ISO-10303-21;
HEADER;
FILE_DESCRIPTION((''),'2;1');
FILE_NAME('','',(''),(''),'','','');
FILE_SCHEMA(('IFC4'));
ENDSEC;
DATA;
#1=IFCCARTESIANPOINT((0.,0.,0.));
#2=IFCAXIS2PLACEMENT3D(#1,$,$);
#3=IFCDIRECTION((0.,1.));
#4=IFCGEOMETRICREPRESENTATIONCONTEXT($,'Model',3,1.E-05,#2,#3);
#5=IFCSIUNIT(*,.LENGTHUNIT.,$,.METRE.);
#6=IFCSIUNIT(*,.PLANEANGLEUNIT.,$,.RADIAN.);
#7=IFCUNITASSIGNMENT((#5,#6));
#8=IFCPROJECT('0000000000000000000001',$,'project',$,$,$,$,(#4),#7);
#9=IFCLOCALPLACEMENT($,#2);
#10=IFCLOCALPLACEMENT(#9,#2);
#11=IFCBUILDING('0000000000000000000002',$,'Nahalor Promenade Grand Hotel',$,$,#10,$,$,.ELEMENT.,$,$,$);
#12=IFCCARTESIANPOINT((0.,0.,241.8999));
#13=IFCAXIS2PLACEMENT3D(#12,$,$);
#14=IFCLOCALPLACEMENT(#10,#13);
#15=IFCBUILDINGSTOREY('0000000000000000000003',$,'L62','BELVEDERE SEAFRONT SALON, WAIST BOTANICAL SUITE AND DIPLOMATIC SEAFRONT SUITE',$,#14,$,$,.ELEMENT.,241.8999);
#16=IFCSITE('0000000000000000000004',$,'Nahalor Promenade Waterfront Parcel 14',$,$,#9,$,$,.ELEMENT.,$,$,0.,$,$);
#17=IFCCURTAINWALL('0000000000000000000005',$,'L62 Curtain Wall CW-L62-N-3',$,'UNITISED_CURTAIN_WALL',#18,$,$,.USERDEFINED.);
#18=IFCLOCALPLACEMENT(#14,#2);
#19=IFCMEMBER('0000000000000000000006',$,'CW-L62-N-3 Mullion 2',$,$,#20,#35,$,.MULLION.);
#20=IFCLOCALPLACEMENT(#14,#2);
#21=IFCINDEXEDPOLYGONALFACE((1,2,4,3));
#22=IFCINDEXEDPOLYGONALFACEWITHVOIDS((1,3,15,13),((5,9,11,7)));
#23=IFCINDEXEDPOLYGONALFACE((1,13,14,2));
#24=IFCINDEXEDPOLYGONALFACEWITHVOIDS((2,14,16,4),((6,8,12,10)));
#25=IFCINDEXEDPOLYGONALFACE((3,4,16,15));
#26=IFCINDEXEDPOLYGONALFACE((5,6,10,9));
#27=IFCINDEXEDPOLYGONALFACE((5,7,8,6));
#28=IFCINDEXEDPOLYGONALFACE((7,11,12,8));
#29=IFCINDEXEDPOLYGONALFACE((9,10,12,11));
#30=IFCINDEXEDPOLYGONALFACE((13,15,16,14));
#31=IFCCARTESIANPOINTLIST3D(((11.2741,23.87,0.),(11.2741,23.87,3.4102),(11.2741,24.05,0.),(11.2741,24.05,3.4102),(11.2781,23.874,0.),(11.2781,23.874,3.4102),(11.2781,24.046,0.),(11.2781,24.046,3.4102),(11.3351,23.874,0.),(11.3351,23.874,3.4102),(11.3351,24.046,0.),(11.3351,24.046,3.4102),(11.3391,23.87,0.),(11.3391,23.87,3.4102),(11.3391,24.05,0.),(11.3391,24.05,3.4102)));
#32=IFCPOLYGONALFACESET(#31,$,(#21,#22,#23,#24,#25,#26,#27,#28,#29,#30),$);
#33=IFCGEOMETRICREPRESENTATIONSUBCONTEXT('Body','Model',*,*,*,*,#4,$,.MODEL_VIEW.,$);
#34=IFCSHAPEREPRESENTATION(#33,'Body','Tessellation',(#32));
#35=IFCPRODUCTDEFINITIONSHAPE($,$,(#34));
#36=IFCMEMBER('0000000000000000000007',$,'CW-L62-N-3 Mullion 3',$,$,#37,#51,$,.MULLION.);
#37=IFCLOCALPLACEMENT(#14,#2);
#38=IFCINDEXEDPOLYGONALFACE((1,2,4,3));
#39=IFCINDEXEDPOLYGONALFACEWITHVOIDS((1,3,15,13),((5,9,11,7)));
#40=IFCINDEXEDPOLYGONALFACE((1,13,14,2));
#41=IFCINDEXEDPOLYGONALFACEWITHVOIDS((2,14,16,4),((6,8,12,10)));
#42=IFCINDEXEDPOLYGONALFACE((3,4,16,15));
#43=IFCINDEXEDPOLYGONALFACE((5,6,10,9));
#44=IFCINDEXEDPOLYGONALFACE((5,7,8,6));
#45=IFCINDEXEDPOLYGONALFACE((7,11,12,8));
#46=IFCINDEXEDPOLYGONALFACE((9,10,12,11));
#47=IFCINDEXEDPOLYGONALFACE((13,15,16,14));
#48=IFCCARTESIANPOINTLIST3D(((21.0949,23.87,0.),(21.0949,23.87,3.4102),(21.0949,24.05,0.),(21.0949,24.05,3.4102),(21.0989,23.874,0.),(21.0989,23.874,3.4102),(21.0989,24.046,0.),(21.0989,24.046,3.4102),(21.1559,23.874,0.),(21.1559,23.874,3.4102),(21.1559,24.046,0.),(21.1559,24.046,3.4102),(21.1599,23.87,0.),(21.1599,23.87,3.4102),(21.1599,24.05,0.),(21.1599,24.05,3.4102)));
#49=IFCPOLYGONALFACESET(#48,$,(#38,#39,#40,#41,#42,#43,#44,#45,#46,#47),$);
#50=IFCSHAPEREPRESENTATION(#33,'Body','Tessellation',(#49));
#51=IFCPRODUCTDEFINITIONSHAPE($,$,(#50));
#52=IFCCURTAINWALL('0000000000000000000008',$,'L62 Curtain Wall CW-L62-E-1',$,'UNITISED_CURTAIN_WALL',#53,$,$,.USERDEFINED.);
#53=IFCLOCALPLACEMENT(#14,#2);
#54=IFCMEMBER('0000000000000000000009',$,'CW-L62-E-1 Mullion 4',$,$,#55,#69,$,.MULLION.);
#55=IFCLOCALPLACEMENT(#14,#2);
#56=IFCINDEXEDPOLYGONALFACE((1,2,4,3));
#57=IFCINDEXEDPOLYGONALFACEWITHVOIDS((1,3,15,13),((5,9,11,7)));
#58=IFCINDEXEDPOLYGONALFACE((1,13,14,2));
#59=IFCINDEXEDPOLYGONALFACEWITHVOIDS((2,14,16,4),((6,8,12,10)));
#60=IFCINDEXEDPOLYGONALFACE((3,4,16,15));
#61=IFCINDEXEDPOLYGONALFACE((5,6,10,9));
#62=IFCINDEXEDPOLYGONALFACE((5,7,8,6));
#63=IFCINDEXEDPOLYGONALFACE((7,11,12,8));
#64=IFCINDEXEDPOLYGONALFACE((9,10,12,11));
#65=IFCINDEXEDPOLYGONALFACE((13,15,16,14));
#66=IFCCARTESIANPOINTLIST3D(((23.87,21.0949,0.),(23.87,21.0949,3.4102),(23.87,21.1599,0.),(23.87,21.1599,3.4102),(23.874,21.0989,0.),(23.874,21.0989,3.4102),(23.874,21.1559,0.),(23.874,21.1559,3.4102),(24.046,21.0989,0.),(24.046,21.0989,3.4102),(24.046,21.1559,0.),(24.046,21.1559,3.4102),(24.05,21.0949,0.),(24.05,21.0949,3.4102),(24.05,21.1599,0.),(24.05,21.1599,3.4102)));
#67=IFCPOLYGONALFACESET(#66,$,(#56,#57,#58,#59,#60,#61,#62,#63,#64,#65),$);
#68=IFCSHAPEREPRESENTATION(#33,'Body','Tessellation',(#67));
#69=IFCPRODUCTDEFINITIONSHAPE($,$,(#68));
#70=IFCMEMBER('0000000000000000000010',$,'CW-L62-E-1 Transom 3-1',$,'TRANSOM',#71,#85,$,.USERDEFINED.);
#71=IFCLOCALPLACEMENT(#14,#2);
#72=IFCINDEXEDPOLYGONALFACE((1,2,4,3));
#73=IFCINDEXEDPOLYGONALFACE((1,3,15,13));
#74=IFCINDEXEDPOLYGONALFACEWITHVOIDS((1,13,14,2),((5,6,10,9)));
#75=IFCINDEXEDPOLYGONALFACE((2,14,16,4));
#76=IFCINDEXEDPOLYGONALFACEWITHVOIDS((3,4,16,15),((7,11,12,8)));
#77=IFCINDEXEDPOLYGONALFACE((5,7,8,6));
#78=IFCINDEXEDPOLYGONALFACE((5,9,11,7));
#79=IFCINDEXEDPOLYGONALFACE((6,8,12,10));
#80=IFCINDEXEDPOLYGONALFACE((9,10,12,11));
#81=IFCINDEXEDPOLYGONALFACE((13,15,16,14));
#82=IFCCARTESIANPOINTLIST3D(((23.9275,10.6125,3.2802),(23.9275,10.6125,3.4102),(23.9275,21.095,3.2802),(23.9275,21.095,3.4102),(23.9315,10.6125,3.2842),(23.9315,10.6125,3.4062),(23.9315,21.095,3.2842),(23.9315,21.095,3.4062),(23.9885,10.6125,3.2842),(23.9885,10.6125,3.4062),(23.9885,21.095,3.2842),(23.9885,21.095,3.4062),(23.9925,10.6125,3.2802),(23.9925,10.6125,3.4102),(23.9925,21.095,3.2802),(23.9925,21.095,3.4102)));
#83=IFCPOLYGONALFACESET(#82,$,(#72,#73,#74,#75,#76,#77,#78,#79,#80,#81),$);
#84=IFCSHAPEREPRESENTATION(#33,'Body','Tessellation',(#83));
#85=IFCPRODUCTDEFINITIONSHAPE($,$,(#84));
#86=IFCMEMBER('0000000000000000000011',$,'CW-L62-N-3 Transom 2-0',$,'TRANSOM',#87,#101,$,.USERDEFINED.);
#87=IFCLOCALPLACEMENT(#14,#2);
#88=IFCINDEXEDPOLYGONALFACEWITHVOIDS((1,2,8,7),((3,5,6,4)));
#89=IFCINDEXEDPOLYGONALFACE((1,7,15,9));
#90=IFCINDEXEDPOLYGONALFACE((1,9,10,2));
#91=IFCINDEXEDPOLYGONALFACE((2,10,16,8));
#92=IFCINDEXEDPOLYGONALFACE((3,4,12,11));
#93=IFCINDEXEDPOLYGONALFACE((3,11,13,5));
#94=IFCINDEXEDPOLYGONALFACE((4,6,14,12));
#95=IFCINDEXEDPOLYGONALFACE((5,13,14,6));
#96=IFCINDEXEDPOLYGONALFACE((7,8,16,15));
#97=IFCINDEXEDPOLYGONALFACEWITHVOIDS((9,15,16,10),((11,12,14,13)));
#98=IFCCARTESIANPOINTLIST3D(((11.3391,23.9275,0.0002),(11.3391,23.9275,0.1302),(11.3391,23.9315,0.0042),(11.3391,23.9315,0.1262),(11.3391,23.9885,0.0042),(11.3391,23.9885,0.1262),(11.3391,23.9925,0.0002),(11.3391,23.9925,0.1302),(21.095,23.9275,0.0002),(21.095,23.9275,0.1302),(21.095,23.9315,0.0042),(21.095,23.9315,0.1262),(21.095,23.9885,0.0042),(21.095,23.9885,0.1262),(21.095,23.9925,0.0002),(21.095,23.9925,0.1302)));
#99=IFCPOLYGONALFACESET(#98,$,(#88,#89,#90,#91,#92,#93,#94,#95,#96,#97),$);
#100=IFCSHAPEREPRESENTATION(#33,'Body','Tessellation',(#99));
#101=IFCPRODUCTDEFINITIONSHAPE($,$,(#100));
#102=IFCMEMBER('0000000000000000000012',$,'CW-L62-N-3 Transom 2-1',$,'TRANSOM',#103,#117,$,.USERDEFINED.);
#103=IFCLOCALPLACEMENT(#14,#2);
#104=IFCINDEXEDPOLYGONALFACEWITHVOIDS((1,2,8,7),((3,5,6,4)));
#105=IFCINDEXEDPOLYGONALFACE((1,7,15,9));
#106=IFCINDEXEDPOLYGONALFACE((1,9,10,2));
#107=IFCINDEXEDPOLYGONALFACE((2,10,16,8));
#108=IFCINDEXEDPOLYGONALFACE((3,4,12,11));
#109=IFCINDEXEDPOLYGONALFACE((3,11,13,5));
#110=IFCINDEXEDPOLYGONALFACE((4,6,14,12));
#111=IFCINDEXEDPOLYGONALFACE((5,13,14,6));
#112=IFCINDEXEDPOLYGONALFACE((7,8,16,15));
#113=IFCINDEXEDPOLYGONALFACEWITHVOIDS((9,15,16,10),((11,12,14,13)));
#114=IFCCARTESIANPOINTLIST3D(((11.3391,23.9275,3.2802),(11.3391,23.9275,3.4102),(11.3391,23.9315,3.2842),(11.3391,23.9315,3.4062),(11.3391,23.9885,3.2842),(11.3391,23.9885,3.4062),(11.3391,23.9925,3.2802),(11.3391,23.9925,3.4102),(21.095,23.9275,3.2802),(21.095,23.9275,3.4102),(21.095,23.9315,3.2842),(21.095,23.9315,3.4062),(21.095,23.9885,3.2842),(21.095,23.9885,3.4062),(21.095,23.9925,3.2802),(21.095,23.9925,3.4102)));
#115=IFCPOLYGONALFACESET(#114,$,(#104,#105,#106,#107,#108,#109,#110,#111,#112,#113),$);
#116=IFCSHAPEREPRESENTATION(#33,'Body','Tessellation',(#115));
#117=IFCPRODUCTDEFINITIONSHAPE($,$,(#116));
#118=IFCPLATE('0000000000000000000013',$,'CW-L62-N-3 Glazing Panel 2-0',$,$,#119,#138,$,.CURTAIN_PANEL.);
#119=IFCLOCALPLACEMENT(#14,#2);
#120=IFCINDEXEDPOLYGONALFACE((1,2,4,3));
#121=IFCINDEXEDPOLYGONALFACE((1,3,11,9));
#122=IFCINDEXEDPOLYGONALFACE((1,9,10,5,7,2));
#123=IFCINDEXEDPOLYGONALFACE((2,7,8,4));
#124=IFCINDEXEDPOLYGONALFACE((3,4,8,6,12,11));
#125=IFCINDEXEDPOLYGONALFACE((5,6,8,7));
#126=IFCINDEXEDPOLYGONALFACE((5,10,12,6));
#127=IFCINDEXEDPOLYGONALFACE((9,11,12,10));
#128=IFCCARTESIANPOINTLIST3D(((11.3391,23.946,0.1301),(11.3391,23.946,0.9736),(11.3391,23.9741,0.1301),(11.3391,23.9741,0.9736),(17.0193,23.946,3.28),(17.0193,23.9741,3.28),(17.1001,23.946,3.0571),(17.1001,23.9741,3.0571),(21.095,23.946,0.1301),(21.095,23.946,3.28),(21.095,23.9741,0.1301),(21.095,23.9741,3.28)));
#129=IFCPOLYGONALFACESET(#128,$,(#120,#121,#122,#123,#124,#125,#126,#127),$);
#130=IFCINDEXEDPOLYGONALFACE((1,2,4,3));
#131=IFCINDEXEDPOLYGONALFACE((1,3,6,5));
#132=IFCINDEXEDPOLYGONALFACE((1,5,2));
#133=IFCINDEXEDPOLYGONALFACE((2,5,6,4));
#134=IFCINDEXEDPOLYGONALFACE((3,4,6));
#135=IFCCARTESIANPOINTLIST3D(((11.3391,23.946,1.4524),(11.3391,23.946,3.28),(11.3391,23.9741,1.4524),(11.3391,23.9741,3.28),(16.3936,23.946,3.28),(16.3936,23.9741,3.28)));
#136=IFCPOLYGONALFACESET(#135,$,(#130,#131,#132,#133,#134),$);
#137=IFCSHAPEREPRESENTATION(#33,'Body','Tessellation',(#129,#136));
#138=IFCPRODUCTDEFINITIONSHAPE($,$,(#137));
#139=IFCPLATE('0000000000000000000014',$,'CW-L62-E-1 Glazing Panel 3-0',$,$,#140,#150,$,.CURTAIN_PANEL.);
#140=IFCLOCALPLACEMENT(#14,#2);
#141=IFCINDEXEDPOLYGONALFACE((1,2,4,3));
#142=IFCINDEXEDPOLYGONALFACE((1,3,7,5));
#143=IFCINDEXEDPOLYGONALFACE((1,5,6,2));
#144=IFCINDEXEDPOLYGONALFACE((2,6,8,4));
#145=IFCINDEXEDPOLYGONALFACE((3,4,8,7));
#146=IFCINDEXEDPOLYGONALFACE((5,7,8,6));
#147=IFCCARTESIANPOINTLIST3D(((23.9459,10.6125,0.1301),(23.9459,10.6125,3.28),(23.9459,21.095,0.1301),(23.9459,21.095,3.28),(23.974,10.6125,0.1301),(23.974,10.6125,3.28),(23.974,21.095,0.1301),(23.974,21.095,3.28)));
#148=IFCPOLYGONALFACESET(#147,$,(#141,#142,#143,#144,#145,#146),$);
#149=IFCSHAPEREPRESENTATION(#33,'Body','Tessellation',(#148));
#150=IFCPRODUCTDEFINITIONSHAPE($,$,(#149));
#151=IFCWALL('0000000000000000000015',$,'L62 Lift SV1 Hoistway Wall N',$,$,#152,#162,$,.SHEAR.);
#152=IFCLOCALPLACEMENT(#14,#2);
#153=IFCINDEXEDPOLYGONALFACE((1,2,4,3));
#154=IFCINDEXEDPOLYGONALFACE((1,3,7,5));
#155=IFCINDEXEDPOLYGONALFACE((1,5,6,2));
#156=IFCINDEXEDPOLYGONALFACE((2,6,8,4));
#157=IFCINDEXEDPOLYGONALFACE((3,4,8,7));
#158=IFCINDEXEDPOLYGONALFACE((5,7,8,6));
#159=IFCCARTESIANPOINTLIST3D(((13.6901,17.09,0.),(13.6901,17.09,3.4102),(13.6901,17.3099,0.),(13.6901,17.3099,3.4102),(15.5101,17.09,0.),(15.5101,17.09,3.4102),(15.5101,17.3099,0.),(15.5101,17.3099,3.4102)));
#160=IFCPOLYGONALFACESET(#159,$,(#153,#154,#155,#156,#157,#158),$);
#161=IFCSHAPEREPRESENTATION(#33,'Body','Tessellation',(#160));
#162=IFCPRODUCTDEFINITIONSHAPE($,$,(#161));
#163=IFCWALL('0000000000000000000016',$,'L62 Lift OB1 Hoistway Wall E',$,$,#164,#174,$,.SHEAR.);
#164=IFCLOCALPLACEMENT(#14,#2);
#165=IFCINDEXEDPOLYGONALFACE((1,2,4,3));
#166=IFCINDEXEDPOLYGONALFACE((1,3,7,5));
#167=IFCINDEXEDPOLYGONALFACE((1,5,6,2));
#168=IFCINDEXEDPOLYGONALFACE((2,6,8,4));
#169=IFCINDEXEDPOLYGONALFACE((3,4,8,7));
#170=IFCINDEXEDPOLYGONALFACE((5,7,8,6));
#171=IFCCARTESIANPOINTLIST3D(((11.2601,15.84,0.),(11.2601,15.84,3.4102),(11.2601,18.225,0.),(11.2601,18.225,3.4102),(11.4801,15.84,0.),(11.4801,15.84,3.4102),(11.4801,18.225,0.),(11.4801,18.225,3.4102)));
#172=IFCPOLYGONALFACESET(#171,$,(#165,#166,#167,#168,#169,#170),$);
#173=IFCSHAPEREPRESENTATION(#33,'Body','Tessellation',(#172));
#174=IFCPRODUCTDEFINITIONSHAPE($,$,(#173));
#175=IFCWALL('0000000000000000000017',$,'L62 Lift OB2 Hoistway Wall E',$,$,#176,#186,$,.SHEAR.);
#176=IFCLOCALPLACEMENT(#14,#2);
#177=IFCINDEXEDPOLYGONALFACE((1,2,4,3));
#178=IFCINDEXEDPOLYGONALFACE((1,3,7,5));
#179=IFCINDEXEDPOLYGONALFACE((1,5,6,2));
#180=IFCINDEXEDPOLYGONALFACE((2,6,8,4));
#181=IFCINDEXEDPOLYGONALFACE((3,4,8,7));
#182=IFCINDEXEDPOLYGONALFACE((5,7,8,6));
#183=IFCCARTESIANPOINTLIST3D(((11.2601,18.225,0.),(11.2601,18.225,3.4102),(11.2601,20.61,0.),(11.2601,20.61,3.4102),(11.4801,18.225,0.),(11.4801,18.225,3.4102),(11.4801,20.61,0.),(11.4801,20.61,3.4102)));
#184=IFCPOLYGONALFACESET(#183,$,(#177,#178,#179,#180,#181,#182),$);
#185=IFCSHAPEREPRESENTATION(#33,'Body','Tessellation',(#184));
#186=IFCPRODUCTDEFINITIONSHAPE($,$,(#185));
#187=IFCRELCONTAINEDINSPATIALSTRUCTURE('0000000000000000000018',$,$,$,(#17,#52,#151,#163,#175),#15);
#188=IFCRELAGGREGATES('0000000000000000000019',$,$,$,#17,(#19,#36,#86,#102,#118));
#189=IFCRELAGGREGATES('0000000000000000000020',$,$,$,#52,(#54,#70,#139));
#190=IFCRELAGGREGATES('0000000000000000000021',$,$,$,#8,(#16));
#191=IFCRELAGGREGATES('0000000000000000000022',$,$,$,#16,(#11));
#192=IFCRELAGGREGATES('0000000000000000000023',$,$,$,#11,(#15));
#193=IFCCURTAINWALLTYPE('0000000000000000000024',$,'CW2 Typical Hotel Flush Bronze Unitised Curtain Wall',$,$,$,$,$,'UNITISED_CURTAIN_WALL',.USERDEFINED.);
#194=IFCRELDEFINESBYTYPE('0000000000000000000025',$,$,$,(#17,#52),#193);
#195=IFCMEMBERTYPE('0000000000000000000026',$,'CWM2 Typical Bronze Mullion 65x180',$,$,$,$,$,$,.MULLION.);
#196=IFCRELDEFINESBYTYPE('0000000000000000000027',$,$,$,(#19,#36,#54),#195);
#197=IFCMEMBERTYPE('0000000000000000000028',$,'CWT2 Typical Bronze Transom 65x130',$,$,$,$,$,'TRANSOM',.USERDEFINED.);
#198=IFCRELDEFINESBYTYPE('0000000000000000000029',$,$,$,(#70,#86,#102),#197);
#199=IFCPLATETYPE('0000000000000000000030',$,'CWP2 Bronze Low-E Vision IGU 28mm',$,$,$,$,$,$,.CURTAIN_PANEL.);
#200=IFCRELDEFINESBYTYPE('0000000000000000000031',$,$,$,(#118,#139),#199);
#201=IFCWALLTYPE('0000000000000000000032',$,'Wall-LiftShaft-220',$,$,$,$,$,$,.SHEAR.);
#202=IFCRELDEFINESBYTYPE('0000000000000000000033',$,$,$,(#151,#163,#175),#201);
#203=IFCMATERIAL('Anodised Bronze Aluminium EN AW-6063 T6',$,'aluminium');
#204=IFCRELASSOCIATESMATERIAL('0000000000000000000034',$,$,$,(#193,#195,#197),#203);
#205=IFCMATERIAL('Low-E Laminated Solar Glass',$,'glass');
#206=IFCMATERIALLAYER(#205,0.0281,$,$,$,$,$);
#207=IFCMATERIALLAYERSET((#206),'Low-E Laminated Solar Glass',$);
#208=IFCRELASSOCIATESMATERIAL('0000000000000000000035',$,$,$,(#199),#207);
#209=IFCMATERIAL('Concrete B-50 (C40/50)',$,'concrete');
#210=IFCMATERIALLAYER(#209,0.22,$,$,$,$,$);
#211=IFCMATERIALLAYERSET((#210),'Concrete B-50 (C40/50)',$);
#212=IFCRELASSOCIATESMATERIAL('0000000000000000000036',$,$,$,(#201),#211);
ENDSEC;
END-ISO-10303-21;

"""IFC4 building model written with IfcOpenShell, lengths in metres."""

from ifc_helpers import new_model, si_unit, direction, frame, frame_2d, origin, origin_2d, place, context, subcontext, project, spatial, polyline, rectangle, hollow_rectangle, outline, extrude, source, transform, mapped, material, layer, layer_set, material_profile, profile_set, type_object, element, aggregate, save


model = new_model("IFC4")

# Units and contexts
model_context = context("Model", 3, precision=1e-05, world=origin(), true_north=direction((0.0, 1.0)))
body_context = subcontext(model_context, "Body", "Model", "MODEL_VIEW")
ifc_project = project(units=[si_unit("LENGTHUNIT", "METRE"), si_unit("PLANEANGLEUNIT", "RADIAN")], contexts=[model_context])

# Site, building, storey
site_placement = place(None, origin())
site = spatial("IfcSite", under=ifc_project, at=site_placement, Name="Nahalor Promenade Waterfront Parcel 14", CompositionType="ELEMENT", RefElevation=0.0)
building_placement = place(site_placement, origin())
building = spatial("IfcBuilding", under=site, at=building_placement, Name="Nahalor Promenade Grand Hotel", CompositionType="ELEMENT")
storey_placement = place(building_placement, frame((0.0, 0.0, 241.8999)))
storey = spatial("IfcBuildingStorey", under=building, at=storey_placement, Name="L62", Description="BELVEDERE SEAFRONT SALON, WAIST BOTANICAL SUITE AND DIPLOMATIC SEAFRONT SUITE", CompositionType="ELEMENT", Elevation=241.8999)

# Curtain walls, members
ifc_material_1 = material(Name="Anodised Bronze Aluminium EN AW-6063 T6", Category="aluminium")
curtain_wall_type = type_object("IfcCurtainWallType", Name="CW2 Typical Hotel Flush Bronze Unitised Curtain Wall", ElementType="UNITISED_CURTAIN_WALL", PredefinedType="USERDEFINED", material=ifc_material_1)
curtain_wall_1_placement = place(storey_placement, origin())
curtain_wall_1 = element("IfcCurtainWall", 1, at=curtain_wall_1_placement, inside=storey, type_object=curtain_wall_type, Name="L62 Curtain Wall CW-L62-N-3", ObjectType="UNITISED_CURTAIN_WALL", PredefinedType="USERDEFINED")
ifc_material_profile_1 = material_profile(ifc_material_1, hollow_rectangle(XDim=0.065, YDim=0.18, WallThickness=0.004, at=origin_2d()), Name="CWM 65x180x4")
ifc_profile_set_1 = profile_set([ifc_material_profile_1], Name="Anodised Bronze Aluminium EN AW-6063 T6")
member_type_1 = type_object("IfcMemberType", Name="CWM2 Typical Bronze Mullion 65x180", PredefinedType="MULLION", material=ifc_profile_set_1)
shared_shape_1 = source(origin(), body_context, "Body", "SweptSolid", [
    extrude(hollow_rectangle(XDim=0.065, YDim=0.18, WallThickness=0.004, at=origin_2d()), origin(), (0.0, 0.0, 1.0), 3.4102),
])
member_1_placement = place(storey_placement, frame((11.3066, 23.96, 0.0), z_axis=(0.0, 0.0, 1.0), x_axis=(1.0, 0.0, 0.0)))
member_1 = element("IfcMember", 2, at=member_1_placement, type_object=member_type_1, Name="CW-L62-N-3 Mullion 2", PredefinedType="MULLION", context=body_context, shape_type="MappedRepresentation", body=[
    mapped(shared_shape_1, transform((0.0, 0.0, 0.0), scale=1.0)),
])
member_2_placement = place(storey_placement, frame((21.1274, 23.96, 0.0), z_axis=(0.0, 0.0, 1.0), x_axis=(1.0, 0.0, 0.0)))
member_2 = element("IfcMember", 3, at=member_2_placement, type_object=member_type_1, Name="CW-L62-N-3 Mullion 3", PredefinedType="MULLION", context=body_context, shape_type="MappedRepresentation", body=[
    mapped(shared_shape_1, transform((0.0, 0.0, 0.0), scale=1.0)),
])
curtain_wall_2_placement = place(storey_placement, origin())
curtain_wall_2 = element("IfcCurtainWall", 4, at=curtain_wall_2_placement, inside=storey, type_object=curtain_wall_type, Name="L62 Curtain Wall CW-L62-E-1", ObjectType="UNITISED_CURTAIN_WALL", PredefinedType="USERDEFINED")
member_3_placement = place(storey_placement, frame((23.96, 21.1274, 0.0), z_axis=(0.0, 0.0, 1.0), x_axis=(0.0, 1.0, 0.0)))
member_3 = element("IfcMember", 5, at=member_3_placement, type_object=member_type_1, Name="CW-L62-E-1 Mullion 4", PredefinedType="MULLION", context=body_context, shape_type="MappedRepresentation", body=[
    mapped(shared_shape_1, transform((0.0, 0.0, 0.0), scale=1.0)),
])
ifc_material_profile_2 = material_profile(ifc_material_1, hollow_rectangle(XDim=0.065, YDim=0.13, WallThickness=0.004, at=origin_2d()), Name="CWT 65x130x4")
ifc_profile_set_2 = profile_set([ifc_material_profile_2], Name="Anodised Bronze Aluminium EN AW-6063 T6")
member_type_2 = type_object("IfcMemberType", Name="CWT2 Typical Bronze Transom 65x130", ElementType="TRANSOM", PredefinedType="USERDEFINED", material=ifc_profile_set_2)
shared_shape_2 = source(origin(), body_context, "Body", "SweptSolid", [
    extrude(hollow_rectangle(XDim=0.065, YDim=0.13, WallThickness=0.004, at=origin_2d()), origin(), (0.0, 0.0, 1.0), 10.4824),
])
member_4_placement = place(storey_placement, frame((23.96, 10.6125, 3.3452), z_axis=(0.0, 1.0, 0.0), x_axis=(-1.0, 0.0, 0.0)))
member_4 = element("IfcMember", 6, at=member_4_placement, type_object=member_type_2, Name="CW-L62-E-1 Transom 3-1", ObjectType="TRANSOM", PredefinedType="USERDEFINED", context=body_context, shape_type="MappedRepresentation", body=[
    mapped(shared_shape_2, transform((0.0, 0.0, 0.0), scale=1.0)),
])

# Members
shared_shape_3 = source(origin(), body_context, "Body", "SweptSolid", [
    extrude(hollow_rectangle(XDim=0.065, YDim=0.13, WallThickness=0.004, at=origin_2d()), origin(), (0.0, 0.0, 1.0), 9.7559),
])
member_5_placement = place(storey_placement, frame((11.3391, 23.96, 0.0652), z_axis=(1.0, 0.0, 0.0), x_axis=(0.0, 1.0, 0.0)))
member_5 = element("IfcMember", 7, at=member_5_placement, type_object=member_type_2, Name="CW-L62-N-3 Transom 2-0", ObjectType="TRANSOM", PredefinedType="USERDEFINED", context=body_context, shape_type="MappedRepresentation", body=[
    mapped(shared_shape_3, transform((0.0, 0.0, 0.0), scale=1.0)),
])
member_6_placement = place(storey_placement, frame((11.3391, 23.96, 3.3452), z_axis=(1.0, 0.0, 0.0), x_axis=(0.0, 1.0, 0.0)))
member_6 = element("IfcMember", 8, at=member_6_placement, type_object=member_type_2, Name="CW-L62-N-3 Transom 2-1", ObjectType="TRANSOM", PredefinedType="USERDEFINED", context=body_context, shape_type="MappedRepresentation", body=[
    mapped(shared_shape_3, transform((0.0, 0.0, 0.0), scale=1.0)),
])

# Plates
ifc_material_2 = material(Name="Low-E Laminated Solar Glass", Category="glass")
ifc_layer_1 = layer(ifc_material_2, 0.0281)
ifc_layer_set_1 = layer_set([ifc_layer_1], Name="Low-E Laminated Solar Glass")
plate_type = type_object("IfcPlateType", Name="CWP2 Bronze Low-E Vision IGU 28mm", PredefinedType="CURTAIN_PANEL", material=ifc_layer_set_1)
plate_1_placement = place(storey_placement, frame((16.217, 23.96, 0.1301), z_axis=(0.0, 0.0, 1.0), x_axis=(1.0, 0.0, 0.0)))
plate_1 = element("IfcPlate", 9, at=plate_1_placement, type_object=plate_type, Name="CW-L62-N-3 Glazing Panel 2-0", PredefinedType="CURTAIN_PANEL", context=body_context, shape_type="SweptSolid", body=[
    extrude(outline(polyline([(4.8779, 0.0), (4.8779, 3.1499), (0.8022, 3.1499), (0.8831, 2.927), (-4.8779, 0.8435), (-4.8779, 0.0), (4.8779, 0.0)])), frame((0.0, 0.0142, 0.0), z_axis=(0.0, -1.0, 0.0), x_axis=(1.0, 0.0, 0.0)), (0.0, 0.0, 1.0), 0.0281),
    extrude(outline(polyline([(0.1765, 3.1499), (-4.8779, 3.1499), (-4.8779, 1.3223), (0.1765, 3.1499)])), frame((0.0, 0.0142, 0.0), z_axis=(0.0, -1.0, 0.0), x_axis=(1.0, 0.0, 0.0)), (0.0, 0.0, 1.0), 0.0281),
])
aggregate(curtain_wall_1, [member_1, member_2, member_5, member_6, plate_1])
shared_shape_4 = source(origin(), body_context, "Body", "SweptSolid", [
    extrude(rectangle(XDim=10.4824, YDim=0.0281, at=origin_2d()), origin(), (0.0, 0.0, 1.0), 3.1499),
])
plate_2_placement = place(storey_placement, frame((23.96, 15.8538, 0.1301), z_axis=(0.0, 0.0, 1.0), x_axis=(0.0, 1.0, 0.0)))
plate_2 = element("IfcPlate", 10, at=plate_2_placement, type_object=plate_type, Name="CW-L62-E-1 Glazing Panel 3-0", PredefinedType="CURTAIN_PANEL", context=body_context, shape_type="MappedRepresentation", body=[
    mapped(shared_shape_4, transform((0.0, 0.0, 0.0), scale=1.0)),
])
aggregate(curtain_wall_2, [member_3, member_4, plate_2])

# Walls
ifc_material_3 = material(Name="Concrete B-50 (C40/50)", Category="concrete")
ifc_layer_2 = layer(ifc_material_3, 0.22)
ifc_layer_set_2 = layer_set([ifc_layer_2], Name="Concrete B-50 (C40/50)")
wall_type_1 = type_object("IfcWallType", Name="Wall-LiftShaft-220", PredefinedType="SHEAR", material=ifc_layer_set_2)
shared_shape_5 = source(origin(), body_context, "Body", "SweptSolid", [
    extrude(rectangle(XDim=1.8201, YDim=0.22, at=frame_2d((0.9102, 0.0))), origin(), (0.0, 0.0, 1.0), 3.4102),
])
wall_1_placement = place(storey_placement, frame((13.6899, 17.2, 0.0), z_axis=(0.0, 0.0, 1.0), x_axis=(1.0, 0.0, 0.0)))
element("IfcWall", 11, at=wall_1_placement, inside=storey, type_object=wall_type_1, Name="L62 Lift SV1 Hoistway Wall N", PredefinedType="SHEAR", context=body_context, shape_type="MappedRepresentation", body=[
    mapped(shared_shape_5, transform((0.0, 0.0, 0.0), scale=1.0)),
])
shared_shape_6 = source(origin(), body_context, "Body", "SweptSolid", [
    extrude(rectangle(XDim=2.385, YDim=0.22, at=frame_2d((1.1924, 0.0))), origin(), (0.0, 0.0, 1.0), 3.4102),
])
for number, where, z_axis, x_axis, name in (
    (12, (11.3701, 15.8401, 0.0), (0.0, 0.0, 1.0), (0.0, 1.0, 0.0), "L62 Lift OB1 Hoistway Wall E"),
    (13, (11.3701, 18.2251, 0.0), (0.0, 0.0, 1.0), (0.0, 1.0, 0.0), "L62 Lift OB2 Hoistway Wall E"),
):
    element("IfcWall", number, at=place(storey_placement, frame(where, z_axis=z_axis, x_axis=x_axis)), inside=storey, type_object=wall_type_1, Name=name, PredefinedType="SHEAR", context=body_context, shape_type="MappedRepresentation", body=[
        mapped(shared_shape_6, transform((0.0, 0.0, 0.0), scale=1.0)),
    ])

save(model, "model.ifc")
